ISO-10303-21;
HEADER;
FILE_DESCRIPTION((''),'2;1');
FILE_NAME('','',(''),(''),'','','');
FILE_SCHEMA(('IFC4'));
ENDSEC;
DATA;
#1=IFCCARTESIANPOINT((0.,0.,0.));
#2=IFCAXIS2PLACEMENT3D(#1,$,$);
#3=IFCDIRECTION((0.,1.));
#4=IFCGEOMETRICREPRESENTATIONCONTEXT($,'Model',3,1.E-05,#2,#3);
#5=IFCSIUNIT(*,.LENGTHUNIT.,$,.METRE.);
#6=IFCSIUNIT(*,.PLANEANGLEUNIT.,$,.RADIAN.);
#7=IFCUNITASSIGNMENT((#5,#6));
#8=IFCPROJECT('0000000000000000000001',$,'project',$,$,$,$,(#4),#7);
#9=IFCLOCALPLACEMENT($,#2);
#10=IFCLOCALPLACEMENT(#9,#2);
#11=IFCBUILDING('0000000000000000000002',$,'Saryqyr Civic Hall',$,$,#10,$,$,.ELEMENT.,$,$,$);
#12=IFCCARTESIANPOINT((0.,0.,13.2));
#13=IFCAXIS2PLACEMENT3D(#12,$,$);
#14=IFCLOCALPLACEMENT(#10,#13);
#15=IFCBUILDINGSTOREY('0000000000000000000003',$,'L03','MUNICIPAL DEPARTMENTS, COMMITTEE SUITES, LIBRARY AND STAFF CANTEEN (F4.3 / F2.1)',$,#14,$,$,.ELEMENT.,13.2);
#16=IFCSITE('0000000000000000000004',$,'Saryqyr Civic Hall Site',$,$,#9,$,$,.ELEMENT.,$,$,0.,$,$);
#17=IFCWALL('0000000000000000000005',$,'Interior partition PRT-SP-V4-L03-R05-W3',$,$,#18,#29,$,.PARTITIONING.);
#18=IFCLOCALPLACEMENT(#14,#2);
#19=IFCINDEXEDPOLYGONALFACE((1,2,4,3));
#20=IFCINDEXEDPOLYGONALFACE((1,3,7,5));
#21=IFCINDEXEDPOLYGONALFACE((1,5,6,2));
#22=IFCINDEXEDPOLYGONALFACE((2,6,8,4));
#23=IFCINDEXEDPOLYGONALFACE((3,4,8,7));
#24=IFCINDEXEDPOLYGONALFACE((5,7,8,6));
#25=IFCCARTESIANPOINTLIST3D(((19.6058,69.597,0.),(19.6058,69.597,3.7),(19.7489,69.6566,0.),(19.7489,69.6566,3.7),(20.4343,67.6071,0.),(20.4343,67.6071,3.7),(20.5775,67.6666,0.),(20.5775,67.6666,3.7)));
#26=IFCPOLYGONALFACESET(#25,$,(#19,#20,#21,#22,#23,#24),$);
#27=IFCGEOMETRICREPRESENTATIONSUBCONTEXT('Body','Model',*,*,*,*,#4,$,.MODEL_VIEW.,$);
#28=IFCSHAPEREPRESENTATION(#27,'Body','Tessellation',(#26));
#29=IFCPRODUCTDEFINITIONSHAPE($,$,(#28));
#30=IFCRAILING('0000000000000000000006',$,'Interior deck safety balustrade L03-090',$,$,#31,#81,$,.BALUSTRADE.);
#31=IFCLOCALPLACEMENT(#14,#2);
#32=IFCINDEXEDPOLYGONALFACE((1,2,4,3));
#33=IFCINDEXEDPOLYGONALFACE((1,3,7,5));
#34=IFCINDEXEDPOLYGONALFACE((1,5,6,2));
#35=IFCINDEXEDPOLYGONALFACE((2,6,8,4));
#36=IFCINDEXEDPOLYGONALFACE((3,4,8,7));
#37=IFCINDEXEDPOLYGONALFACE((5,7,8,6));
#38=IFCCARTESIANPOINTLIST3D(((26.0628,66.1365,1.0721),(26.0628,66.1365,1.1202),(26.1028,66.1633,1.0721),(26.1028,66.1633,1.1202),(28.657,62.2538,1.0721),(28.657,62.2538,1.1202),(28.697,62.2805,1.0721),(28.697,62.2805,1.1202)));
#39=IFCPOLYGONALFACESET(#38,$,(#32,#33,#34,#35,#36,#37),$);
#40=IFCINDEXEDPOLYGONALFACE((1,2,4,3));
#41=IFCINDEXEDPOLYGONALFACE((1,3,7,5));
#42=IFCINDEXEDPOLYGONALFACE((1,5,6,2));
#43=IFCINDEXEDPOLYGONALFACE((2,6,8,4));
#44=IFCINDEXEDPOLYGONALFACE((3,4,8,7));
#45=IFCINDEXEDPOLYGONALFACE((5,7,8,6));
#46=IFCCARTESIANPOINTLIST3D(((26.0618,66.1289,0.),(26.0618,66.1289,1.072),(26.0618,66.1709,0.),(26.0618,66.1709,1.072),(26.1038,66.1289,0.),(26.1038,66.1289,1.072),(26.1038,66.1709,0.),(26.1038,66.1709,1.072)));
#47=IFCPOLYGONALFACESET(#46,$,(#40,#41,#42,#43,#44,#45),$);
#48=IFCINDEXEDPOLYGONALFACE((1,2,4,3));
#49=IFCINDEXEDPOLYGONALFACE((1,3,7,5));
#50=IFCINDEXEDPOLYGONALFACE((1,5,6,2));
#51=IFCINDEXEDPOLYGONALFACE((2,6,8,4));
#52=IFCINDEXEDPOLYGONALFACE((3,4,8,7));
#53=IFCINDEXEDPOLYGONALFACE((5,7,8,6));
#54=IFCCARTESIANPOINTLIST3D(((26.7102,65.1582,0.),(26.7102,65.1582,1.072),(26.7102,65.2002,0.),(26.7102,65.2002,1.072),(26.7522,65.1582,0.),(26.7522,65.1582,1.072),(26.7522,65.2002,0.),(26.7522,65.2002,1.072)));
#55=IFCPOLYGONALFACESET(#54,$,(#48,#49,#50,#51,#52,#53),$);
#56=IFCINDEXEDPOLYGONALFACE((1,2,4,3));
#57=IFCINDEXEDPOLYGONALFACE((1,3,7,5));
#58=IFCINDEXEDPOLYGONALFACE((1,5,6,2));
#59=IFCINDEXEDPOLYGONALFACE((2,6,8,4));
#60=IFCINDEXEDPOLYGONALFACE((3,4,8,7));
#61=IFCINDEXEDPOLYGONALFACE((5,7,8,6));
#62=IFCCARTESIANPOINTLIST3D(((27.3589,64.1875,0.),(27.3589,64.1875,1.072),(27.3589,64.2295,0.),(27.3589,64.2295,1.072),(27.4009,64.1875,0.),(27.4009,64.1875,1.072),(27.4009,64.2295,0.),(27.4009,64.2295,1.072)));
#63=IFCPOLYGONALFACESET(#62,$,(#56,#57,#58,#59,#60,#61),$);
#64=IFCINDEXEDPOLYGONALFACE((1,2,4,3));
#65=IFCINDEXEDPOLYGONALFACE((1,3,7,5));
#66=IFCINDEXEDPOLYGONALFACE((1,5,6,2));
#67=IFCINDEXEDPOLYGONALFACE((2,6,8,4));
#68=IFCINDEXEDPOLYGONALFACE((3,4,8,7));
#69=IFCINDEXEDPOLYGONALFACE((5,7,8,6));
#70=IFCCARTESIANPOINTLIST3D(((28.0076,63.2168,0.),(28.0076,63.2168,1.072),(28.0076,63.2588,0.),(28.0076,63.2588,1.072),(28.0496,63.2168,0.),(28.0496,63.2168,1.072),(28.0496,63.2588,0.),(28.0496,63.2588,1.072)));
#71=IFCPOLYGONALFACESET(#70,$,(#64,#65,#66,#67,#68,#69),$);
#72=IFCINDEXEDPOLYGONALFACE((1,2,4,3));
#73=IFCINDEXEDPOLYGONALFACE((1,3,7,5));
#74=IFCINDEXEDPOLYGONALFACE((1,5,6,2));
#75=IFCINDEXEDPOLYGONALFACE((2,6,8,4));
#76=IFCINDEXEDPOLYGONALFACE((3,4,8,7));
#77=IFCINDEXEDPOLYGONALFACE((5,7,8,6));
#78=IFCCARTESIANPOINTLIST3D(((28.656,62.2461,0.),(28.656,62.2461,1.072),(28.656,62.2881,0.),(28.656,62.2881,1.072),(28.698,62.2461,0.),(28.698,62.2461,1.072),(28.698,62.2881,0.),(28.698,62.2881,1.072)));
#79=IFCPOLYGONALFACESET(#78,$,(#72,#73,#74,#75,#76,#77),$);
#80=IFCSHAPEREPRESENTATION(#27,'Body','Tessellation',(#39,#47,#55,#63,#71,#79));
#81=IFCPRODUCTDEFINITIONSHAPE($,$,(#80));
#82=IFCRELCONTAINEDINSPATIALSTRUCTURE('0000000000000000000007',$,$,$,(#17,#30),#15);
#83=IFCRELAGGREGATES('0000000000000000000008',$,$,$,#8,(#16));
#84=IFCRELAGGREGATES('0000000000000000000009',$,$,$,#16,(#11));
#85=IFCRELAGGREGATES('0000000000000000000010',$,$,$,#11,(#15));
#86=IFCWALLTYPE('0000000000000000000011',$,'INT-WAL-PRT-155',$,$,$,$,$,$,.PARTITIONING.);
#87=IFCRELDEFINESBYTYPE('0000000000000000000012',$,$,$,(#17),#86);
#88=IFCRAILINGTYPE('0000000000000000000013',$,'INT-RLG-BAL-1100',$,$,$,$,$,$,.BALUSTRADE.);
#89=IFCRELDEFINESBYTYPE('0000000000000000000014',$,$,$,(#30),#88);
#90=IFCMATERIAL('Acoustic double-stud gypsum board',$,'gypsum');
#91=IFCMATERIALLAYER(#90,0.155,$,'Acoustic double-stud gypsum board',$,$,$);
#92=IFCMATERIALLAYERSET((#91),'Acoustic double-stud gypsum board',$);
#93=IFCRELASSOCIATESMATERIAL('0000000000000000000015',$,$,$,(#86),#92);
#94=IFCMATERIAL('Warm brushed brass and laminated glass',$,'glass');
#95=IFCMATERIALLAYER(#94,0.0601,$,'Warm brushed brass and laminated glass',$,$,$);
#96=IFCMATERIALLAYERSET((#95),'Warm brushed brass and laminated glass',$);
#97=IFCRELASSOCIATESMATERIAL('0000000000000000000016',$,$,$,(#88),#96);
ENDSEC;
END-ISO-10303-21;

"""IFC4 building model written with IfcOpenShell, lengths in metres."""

from ifc_helpers import new_model, si_unit, direction, frame, frame_2d, origin, origin_2d, place, context, subcontext, project, spatial, rectangle, extrude, material, layer, layer_set, type_object, element, save


model = new_model("IFC4")

# Units and contexts
model_context = context("Model", 3, precision=1e-05, world=origin(), true_north=direction((0.0, 1.0)))
body_context = subcontext(model_context, "Body", "Model", "MODEL_VIEW")
ifc_project = project(units=[si_unit("LENGTHUNIT", "METRE"), si_unit("PLANEANGLEUNIT", "RADIAN")], contexts=[model_context])

# Site, building, storey
site_placement = place(None, origin())
site = spatial("IfcSite", under=ifc_project, at=site_placement, Name="Saryqyr Civic Hall Site", CompositionType="ELEMENT", RefElevation=0.0)
building_placement = place(site_placement, origin())
building = spatial("IfcBuilding", under=site, at=building_placement, Name="Saryqyr Civic Hall", CompositionType="ELEMENT")
storey_placement = place(building_placement, frame((0.0, 0.0, 13.2)))
storey = spatial("IfcBuildingStorey", under=building, at=storey_placement, Name="L03", Description="MUNICIPAL DEPARTMENTS, COMMITTEE SUITES, LIBRARY AND STAFF CANTEEN (F4.3 / F2.1)", CompositionType="ELEMENT", Elevation=13.2)

# Shared definitions
ifc_material_1 = material(Name="Acoustic double-stud gypsum board", Category="gypsum")
ifc_layer_1 = layer(ifc_material_1, 0.155, Name="Acoustic double-stud gypsum board")
ifc_layer_set_1 = layer_set([ifc_layer_1], Name="Acoustic double-stud gypsum board")
wall_type_1 = type_object("IfcWallType", Name="INT-WAL-PRT-155", PredefinedType="PARTITIONING", material=ifc_layer_set_1)

# Wall
wall_1_placement = place(storey_placement, frame((20.5059, 67.637, 0.0), z_axis=(0.0, 0.0, 1.0), x_axis=(-0.384398, 0.923167, 0.0)))
element("IfcWall", 1, at=wall_1_placement, inside=storey, type_object=wall_type_1, Name="Interior partition PRT-SP-V4-L03-R05-W3", PredefinedType="PARTITIONING", context=body_context, shape_type="SweptSolid", body=[
    extrude(rectangle(XDim=2.1555, YDim=0.155, at=frame_2d((1.0776, 0.0))), origin(), (0.0, 0.0, 1.0), 3.7),
])

# Railing
ifc_material_2 = material(Name="Warm brushed brass and laminated glass", Category="glass")
ifc_layer_2 = layer(ifc_material_2, 0.0601, Name="Warm brushed brass and laminated glass")
ifc_layer_set_2 = layer_set([ifc_layer_2], Name="Warm brushed brass and laminated glass")
railing_type = type_object("IfcRailingType", Name="INT-RLG-BAL-1100", PredefinedType="BALUSTRADE", material=ifc_layer_set_2)
railing_placement = place(storey_placement, frame((26.0828, 66.1499, 0.0)))
element("IfcRailing", 2, at=railing_placement, inside=storey, type_object=railing_type, Name="Interior deck safety balustrade L03-090", PredefinedType="BALUSTRADE", context=body_context, shape_type="SweptSolid", body=[
    extrude(rectangle(XDim=0.0481, YDim=0.0481, at=origin_2d()), frame((0.0, 0.0, 1.0962), z_axis=(0.555544, -0.831487, 0.0), x_axis=(0.831487, 0.555544, 0.0)), (0.0, 0.0, 1.0), 4.6697),
    extrude(rectangle(XDim=0.042, YDim=0.042, at=origin_2d()), origin(), (0.0, 0.0, 1.0), 1.072),
    extrude(rectangle(XDim=0.042, YDim=0.042, at=origin_2d()), frame((0.6484, -0.9707, 0.0)), (0.0, 0.0, 1.0), 1.072),
    extrude(rectangle(XDim=0.042, YDim=0.042, at=origin_2d()), frame((1.2971, -1.9414, 0.0)), (0.0, 0.0, 1.0), 1.072),
    extrude(rectangle(XDim=0.042, YDim=0.042, at=origin_2d()), frame((1.9458, -2.9121, 0.0)), (0.0, 0.0, 1.0), 1.072),
    extrude(rectangle(XDim=0.042, YDim=0.042, at=origin_2d()), frame((2.5942, -3.8828, 0.0)), (0.0, 0.0, 1.0), 1.072),
])

save(model, "model.ifc")
